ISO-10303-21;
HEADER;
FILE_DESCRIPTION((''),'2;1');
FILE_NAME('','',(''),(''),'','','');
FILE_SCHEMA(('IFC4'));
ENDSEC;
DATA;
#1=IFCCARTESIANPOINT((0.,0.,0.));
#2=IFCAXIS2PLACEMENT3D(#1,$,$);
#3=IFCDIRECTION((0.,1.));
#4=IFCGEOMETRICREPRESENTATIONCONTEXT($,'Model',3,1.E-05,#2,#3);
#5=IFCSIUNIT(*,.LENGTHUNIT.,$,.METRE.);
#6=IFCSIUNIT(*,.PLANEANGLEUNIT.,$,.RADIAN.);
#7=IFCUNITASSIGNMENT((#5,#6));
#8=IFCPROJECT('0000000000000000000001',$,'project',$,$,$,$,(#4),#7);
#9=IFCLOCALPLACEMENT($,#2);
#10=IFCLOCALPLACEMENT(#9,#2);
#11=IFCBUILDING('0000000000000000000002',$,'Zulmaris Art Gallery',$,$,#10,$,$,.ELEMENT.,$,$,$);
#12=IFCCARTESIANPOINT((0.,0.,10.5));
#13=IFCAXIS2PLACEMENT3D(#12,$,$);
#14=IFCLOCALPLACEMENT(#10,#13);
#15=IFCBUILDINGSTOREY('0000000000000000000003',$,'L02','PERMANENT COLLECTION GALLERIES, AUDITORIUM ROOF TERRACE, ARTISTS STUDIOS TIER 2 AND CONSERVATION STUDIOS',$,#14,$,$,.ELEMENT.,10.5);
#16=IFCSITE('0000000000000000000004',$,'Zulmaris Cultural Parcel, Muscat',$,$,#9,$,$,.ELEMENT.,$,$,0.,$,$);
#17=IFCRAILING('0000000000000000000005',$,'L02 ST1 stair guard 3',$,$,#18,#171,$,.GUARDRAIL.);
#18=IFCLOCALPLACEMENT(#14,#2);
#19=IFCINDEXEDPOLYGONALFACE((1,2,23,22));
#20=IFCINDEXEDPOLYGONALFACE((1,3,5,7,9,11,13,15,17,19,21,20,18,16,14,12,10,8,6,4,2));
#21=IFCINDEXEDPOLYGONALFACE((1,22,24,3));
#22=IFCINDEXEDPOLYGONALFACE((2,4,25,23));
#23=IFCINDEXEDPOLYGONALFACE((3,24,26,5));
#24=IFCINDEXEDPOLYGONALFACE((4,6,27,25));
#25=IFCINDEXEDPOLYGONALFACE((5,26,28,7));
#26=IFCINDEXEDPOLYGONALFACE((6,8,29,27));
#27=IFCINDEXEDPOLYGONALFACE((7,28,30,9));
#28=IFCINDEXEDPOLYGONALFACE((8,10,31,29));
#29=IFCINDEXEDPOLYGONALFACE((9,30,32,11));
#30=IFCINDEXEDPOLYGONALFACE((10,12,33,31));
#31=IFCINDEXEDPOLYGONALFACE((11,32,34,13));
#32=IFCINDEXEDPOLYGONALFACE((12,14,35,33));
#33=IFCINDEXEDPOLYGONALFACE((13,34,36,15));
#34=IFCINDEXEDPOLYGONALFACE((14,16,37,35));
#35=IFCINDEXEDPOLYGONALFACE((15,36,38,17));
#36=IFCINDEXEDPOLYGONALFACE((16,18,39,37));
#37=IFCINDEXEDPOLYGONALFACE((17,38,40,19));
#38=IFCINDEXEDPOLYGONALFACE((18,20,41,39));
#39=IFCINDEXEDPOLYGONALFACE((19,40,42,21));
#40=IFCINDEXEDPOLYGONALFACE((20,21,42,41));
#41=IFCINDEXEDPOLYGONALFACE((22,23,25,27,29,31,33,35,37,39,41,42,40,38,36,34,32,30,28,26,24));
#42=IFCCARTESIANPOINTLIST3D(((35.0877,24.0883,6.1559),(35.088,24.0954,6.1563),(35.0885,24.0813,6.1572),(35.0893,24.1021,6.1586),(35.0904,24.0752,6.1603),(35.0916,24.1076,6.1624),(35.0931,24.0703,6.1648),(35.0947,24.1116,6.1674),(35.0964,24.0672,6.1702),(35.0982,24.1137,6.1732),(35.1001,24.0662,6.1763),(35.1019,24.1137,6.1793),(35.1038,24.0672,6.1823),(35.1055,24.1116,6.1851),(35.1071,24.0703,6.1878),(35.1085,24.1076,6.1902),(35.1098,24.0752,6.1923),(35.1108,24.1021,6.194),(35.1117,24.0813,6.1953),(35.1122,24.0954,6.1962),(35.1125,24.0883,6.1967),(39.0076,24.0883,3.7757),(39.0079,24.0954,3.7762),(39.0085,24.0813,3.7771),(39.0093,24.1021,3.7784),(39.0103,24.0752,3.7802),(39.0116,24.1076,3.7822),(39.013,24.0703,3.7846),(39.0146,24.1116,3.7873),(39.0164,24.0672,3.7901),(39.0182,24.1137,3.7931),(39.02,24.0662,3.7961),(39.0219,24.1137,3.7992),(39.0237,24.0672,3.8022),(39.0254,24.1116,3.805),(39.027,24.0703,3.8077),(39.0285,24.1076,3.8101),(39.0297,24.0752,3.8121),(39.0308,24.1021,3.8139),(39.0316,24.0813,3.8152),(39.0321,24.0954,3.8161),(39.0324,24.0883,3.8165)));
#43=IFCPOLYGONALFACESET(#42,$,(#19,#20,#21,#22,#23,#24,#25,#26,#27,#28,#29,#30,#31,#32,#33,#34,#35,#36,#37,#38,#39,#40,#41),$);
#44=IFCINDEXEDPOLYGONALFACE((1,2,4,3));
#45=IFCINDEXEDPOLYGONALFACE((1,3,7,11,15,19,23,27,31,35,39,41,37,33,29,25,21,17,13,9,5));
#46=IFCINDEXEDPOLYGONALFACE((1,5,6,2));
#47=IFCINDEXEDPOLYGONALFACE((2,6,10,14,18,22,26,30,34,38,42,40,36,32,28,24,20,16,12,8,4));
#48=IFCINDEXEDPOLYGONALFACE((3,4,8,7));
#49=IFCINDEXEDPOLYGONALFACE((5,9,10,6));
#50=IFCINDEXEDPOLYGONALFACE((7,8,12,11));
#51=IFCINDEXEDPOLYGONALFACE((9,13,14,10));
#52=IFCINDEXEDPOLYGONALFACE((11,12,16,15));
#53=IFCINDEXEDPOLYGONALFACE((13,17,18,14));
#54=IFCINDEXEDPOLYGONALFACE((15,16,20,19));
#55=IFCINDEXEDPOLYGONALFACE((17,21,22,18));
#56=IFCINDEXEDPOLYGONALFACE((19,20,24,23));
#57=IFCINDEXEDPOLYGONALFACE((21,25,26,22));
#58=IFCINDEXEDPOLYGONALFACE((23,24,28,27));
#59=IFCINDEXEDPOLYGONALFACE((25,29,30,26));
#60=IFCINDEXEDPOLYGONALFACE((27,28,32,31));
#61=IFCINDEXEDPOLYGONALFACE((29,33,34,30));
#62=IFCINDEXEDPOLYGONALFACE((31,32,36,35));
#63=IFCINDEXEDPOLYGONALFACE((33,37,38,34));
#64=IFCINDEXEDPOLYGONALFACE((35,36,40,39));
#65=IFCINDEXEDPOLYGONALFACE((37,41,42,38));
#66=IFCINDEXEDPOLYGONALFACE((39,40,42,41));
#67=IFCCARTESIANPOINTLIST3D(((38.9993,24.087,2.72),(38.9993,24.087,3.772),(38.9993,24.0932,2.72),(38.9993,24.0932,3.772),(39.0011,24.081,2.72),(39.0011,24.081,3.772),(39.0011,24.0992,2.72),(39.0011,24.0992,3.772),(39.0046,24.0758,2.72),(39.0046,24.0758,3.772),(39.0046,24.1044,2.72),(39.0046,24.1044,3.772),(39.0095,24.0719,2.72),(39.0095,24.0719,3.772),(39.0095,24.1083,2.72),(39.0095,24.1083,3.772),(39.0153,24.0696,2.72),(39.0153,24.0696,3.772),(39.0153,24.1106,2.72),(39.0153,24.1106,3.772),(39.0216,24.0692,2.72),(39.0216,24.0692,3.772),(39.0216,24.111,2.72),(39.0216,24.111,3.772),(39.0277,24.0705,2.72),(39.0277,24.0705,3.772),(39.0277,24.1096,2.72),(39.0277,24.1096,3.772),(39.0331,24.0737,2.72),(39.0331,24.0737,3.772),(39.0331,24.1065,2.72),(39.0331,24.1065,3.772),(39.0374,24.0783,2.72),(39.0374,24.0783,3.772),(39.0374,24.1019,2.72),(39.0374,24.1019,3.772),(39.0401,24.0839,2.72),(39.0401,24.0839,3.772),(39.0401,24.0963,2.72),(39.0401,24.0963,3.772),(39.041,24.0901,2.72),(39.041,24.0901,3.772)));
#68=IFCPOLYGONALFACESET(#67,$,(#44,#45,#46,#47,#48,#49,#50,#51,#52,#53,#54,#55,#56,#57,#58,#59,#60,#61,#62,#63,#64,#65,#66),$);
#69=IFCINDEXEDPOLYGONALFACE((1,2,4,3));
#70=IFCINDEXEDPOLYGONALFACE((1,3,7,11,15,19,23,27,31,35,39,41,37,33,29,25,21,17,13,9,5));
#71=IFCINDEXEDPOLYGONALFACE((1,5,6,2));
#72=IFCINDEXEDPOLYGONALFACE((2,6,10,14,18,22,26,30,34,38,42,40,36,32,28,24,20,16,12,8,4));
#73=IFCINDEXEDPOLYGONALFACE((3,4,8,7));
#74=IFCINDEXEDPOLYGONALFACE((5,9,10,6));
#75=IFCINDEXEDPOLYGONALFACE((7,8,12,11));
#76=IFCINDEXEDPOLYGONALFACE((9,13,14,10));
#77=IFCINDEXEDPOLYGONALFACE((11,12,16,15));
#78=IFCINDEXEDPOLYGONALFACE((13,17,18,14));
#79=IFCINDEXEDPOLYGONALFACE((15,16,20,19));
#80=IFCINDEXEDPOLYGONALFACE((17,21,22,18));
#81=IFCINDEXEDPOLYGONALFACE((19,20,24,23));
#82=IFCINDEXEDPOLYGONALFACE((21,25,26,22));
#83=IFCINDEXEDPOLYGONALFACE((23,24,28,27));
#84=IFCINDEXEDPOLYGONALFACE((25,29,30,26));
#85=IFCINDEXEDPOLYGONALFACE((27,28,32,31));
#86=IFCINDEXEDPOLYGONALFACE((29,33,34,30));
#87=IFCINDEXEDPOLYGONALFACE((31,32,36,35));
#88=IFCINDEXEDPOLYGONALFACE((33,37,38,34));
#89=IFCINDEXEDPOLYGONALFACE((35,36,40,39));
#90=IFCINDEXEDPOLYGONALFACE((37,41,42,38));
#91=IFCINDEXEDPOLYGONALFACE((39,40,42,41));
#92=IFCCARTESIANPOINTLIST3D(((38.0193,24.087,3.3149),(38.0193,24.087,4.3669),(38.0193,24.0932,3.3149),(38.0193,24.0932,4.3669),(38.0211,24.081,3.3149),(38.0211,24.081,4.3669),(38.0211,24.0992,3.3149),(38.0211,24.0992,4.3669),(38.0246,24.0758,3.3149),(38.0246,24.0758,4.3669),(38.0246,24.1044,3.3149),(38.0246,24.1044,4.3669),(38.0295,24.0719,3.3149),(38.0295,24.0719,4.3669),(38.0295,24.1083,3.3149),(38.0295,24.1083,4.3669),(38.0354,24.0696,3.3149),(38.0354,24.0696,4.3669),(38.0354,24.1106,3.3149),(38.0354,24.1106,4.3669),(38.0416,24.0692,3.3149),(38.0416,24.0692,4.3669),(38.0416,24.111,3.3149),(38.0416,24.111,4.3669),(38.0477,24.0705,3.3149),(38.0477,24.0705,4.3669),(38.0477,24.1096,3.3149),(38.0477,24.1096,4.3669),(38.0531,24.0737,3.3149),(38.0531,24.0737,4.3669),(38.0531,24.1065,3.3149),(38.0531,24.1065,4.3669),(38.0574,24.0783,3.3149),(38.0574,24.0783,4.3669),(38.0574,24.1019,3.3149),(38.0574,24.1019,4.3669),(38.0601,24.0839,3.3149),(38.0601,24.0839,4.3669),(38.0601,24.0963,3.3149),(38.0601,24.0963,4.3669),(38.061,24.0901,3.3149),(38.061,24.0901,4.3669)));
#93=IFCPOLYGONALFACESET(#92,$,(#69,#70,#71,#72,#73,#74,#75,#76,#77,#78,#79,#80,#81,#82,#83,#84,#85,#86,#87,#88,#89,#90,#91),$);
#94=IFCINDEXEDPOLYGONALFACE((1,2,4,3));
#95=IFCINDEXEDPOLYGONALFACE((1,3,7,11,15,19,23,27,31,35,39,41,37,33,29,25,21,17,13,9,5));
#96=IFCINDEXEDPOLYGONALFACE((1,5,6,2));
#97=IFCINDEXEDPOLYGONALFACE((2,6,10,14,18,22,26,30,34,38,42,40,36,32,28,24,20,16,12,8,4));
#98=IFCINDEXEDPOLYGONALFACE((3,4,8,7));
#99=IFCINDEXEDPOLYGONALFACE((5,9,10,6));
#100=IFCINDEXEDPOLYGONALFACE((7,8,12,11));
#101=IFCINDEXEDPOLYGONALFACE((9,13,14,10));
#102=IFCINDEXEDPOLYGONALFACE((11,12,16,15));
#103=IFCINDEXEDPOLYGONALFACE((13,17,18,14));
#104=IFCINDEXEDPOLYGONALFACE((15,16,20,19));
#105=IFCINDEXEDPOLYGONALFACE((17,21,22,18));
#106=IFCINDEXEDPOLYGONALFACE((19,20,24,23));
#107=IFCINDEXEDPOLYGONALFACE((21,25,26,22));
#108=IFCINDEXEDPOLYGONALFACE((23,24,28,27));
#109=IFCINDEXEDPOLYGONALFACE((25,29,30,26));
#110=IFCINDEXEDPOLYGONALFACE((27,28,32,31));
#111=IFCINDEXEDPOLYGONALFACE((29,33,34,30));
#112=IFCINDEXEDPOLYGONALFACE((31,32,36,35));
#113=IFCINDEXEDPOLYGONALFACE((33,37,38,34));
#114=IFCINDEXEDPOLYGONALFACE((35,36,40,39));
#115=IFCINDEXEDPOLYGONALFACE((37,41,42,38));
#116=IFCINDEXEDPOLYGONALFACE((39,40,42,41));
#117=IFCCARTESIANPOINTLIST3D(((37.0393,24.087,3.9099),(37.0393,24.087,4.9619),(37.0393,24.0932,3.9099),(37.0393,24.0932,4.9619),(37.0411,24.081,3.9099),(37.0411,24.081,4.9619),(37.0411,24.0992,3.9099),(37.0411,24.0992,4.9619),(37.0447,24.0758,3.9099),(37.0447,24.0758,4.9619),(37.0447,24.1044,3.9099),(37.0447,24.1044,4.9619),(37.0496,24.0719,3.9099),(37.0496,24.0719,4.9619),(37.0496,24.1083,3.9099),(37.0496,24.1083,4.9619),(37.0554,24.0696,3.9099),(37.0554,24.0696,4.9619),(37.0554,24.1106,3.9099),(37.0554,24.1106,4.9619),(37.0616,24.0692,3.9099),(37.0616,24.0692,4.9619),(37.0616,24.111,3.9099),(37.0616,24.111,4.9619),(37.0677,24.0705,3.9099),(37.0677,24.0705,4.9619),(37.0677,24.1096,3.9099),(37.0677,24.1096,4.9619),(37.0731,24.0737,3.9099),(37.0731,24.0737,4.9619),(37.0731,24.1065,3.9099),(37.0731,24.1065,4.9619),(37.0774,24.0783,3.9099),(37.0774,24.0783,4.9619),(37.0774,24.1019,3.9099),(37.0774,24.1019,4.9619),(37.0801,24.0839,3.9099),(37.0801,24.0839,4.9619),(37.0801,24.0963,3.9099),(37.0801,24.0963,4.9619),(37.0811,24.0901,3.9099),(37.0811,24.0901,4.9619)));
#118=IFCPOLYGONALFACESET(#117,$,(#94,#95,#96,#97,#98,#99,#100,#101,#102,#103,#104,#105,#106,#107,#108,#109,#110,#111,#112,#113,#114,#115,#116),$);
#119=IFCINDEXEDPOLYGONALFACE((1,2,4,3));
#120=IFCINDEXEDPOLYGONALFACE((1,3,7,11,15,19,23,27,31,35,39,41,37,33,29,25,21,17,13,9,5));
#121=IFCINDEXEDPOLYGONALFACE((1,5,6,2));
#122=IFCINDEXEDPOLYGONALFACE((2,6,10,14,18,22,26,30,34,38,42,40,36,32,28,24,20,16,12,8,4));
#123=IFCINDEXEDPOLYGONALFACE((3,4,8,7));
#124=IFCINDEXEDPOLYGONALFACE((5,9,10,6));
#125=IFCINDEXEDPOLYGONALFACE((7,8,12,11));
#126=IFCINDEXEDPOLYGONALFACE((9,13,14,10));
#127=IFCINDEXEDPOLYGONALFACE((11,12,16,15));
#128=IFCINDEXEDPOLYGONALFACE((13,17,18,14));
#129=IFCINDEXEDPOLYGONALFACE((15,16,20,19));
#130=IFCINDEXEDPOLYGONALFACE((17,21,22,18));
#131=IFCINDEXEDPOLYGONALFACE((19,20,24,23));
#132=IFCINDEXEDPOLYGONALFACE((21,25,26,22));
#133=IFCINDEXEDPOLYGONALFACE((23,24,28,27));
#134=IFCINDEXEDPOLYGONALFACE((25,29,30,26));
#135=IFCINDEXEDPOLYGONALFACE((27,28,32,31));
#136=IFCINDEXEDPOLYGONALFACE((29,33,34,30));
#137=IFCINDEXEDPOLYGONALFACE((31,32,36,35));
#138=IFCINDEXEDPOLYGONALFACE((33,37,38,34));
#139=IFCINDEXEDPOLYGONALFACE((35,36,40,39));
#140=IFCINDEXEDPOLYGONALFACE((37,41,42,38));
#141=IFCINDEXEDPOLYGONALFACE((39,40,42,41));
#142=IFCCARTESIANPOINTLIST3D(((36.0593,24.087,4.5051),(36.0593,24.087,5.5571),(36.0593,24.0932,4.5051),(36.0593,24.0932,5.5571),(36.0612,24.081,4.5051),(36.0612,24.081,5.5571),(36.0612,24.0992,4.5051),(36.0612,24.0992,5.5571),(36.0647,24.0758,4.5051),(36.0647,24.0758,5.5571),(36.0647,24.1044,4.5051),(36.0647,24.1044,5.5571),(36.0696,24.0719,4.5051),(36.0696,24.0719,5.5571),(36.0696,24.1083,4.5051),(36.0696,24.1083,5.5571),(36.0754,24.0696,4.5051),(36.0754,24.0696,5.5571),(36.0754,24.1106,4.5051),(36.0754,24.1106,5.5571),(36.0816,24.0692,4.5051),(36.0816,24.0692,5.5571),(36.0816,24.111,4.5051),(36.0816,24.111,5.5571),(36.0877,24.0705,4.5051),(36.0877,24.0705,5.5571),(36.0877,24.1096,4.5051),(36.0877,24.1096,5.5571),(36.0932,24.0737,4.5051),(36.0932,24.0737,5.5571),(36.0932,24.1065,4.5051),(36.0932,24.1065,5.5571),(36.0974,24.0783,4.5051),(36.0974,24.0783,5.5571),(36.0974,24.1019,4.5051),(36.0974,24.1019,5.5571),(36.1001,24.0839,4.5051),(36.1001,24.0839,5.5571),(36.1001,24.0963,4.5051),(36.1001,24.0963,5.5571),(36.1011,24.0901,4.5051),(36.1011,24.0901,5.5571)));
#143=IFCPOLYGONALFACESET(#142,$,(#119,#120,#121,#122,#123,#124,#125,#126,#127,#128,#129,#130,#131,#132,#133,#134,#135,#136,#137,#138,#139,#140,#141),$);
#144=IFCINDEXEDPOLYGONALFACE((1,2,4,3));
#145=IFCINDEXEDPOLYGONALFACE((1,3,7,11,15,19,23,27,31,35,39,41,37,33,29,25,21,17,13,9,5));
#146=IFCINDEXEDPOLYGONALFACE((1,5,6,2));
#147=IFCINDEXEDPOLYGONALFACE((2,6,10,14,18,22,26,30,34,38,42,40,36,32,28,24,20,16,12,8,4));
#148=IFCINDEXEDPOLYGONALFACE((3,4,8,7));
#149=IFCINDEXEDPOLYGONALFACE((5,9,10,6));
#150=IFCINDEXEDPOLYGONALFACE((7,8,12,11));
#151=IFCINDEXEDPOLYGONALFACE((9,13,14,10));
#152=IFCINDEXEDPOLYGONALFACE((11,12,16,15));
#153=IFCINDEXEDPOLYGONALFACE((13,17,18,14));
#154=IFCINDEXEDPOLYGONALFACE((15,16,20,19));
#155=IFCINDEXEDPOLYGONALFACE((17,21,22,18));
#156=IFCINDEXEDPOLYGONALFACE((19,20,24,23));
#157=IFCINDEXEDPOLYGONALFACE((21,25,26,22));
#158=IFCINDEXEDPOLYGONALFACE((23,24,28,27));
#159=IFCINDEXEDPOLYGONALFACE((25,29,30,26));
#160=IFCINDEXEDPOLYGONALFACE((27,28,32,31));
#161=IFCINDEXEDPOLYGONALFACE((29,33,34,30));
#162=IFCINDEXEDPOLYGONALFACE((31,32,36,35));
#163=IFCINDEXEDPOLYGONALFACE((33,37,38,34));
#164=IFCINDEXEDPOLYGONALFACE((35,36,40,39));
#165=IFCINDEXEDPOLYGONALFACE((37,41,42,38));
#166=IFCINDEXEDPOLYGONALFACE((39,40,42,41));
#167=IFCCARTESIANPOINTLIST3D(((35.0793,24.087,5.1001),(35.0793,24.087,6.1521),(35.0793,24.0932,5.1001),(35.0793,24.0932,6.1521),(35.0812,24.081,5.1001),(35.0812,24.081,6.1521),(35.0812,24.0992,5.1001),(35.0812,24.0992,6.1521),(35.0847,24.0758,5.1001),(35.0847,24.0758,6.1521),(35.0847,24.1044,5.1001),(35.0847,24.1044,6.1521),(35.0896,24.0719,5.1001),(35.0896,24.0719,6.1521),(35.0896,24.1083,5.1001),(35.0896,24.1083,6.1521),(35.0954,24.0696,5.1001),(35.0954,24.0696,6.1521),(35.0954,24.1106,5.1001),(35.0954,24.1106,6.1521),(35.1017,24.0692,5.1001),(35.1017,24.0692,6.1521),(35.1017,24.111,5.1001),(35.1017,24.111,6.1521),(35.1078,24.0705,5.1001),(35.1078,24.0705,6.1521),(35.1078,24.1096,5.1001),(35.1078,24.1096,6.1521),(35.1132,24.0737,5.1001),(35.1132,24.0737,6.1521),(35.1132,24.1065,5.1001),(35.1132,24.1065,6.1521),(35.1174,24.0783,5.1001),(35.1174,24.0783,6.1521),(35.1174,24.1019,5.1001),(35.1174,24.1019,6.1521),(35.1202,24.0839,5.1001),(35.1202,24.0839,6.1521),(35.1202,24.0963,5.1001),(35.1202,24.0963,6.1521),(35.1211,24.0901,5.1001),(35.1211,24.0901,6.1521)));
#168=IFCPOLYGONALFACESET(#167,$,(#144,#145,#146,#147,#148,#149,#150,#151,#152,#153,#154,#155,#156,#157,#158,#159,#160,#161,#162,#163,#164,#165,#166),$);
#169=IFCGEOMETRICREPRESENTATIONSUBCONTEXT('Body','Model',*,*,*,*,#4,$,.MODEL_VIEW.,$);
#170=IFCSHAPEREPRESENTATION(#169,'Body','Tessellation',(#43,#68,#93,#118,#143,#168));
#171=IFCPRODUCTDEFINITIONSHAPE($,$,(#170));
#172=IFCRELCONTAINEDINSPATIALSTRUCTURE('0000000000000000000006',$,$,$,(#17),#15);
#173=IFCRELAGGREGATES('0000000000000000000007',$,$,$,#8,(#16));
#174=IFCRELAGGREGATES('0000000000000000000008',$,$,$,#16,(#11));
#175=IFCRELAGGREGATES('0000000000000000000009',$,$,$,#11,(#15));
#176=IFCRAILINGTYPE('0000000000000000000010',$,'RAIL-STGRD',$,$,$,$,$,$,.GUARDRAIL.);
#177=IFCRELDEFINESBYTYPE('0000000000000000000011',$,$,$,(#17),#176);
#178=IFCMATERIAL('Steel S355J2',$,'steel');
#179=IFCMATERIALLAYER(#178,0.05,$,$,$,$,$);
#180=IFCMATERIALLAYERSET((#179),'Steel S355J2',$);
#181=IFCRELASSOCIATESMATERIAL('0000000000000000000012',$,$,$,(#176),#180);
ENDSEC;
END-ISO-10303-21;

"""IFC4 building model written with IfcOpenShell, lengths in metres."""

from ifc_helpers import new_model, si_unit, direction, frame, origin, origin_2d, place, context, subcontext, project, spatial, circle, extrude, material, layer, layer_set, type_object, element, save


model = new_model("IFC4")

# Units and contexts
model_context = context("Model", 3, precision=1e-05, world=origin(), true_north=direction((0.0, 1.0)))
body_context = subcontext(model_context, "Body", "Model", "MODEL_VIEW")
ifc_project = project(units=[si_unit("LENGTHUNIT", "METRE"), si_unit("PLANEANGLEUNIT", "RADIAN")], contexts=[model_context])

# Site, building, storey
site_placement = place(None, origin())
site = spatial("IfcSite", under=ifc_project, at=site_placement, Name="Zulmaris Cultural Parcel, Muscat", CompositionType="ELEMENT", RefElevation=0.0)
building_placement = place(site_placement, origin())
building = spatial("IfcBuilding", under=site, at=building_placement, Name="Zulmaris Art Gallery", CompositionType="ELEMENT")
storey_placement = place(building_placement, frame((0.0, 0.0, 10.5)))
storey = spatial("IfcBuildingStorey", under=building, at=storey_placement, Name="L02", Description="PERMANENT COLLECTION GALLERIES, AUDITORIUM ROOF TERRACE, ARTISTS STUDIOS TIER 2 AND CONSERVATION STUDIOS", CompositionType="ELEMENT", Elevation=10.5)

# Shared definitions
ifc_material_1 = material(Name="Steel S355J2", Category="steel")

# Railing
ifc_layer_1 = layer(ifc_material_1, 0.05)
ifc_layer_set_1 = layer_set([ifc_layer_1], Name="Steel S355J2")
railing_type_1 = type_object("IfcRailingType", Name="RAIL-STGRD", PredefinedType="GUARDRAIL", material=ifc_layer_set_1)
railing_1_placement = place(storey_placement, frame((39.02, 24.0901, 2.72)))
element("IfcRailing", 1, at=railing_1_placement, inside=storey, type_object=railing_type_1, Name="L02 ST1 stair guard 3", PredefinedType="GUARDRAIL", context=body_context, shape_type="SweptSolid", body=[
    extrude(circle(Radius=0.0239, at=origin_2d()), frame((0.0, 0.0, 1.0762), z_axis=(-0.854771, 0.0, 0.519006), x_axis=(0.0, -1.0, 0.0)), (0.0, 0.0, 1.0), 4.5859),
    extrude(circle(Radius=0.021, at=origin_2d()), origin(), (0.0, 0.0, 1.0), 1.052),
    extrude(circle(Radius=0.021, at=origin_2d()), frame((-0.98, 0.0, 0.595)), (0.0, 0.0, 1.0), 1.052),
    extrude(circle(Radius=0.021, at=origin_2d()), frame((-1.96, 0.0, 1.1899)), (0.0, 0.0, 1.0), 1.052),
    extrude(circle(Radius=0.021, at=origin_2d()), frame((-2.9399, 0.0, 1.7852)), (0.0, 0.0, 1.0), 1.052),
    extrude(circle(Radius=0.021, at=origin_2d()), frame((-3.9199, 0.0, 2.3801)), (0.0, 0.0, 1.0), 1.052),
])

save(model, "model.ifc")
